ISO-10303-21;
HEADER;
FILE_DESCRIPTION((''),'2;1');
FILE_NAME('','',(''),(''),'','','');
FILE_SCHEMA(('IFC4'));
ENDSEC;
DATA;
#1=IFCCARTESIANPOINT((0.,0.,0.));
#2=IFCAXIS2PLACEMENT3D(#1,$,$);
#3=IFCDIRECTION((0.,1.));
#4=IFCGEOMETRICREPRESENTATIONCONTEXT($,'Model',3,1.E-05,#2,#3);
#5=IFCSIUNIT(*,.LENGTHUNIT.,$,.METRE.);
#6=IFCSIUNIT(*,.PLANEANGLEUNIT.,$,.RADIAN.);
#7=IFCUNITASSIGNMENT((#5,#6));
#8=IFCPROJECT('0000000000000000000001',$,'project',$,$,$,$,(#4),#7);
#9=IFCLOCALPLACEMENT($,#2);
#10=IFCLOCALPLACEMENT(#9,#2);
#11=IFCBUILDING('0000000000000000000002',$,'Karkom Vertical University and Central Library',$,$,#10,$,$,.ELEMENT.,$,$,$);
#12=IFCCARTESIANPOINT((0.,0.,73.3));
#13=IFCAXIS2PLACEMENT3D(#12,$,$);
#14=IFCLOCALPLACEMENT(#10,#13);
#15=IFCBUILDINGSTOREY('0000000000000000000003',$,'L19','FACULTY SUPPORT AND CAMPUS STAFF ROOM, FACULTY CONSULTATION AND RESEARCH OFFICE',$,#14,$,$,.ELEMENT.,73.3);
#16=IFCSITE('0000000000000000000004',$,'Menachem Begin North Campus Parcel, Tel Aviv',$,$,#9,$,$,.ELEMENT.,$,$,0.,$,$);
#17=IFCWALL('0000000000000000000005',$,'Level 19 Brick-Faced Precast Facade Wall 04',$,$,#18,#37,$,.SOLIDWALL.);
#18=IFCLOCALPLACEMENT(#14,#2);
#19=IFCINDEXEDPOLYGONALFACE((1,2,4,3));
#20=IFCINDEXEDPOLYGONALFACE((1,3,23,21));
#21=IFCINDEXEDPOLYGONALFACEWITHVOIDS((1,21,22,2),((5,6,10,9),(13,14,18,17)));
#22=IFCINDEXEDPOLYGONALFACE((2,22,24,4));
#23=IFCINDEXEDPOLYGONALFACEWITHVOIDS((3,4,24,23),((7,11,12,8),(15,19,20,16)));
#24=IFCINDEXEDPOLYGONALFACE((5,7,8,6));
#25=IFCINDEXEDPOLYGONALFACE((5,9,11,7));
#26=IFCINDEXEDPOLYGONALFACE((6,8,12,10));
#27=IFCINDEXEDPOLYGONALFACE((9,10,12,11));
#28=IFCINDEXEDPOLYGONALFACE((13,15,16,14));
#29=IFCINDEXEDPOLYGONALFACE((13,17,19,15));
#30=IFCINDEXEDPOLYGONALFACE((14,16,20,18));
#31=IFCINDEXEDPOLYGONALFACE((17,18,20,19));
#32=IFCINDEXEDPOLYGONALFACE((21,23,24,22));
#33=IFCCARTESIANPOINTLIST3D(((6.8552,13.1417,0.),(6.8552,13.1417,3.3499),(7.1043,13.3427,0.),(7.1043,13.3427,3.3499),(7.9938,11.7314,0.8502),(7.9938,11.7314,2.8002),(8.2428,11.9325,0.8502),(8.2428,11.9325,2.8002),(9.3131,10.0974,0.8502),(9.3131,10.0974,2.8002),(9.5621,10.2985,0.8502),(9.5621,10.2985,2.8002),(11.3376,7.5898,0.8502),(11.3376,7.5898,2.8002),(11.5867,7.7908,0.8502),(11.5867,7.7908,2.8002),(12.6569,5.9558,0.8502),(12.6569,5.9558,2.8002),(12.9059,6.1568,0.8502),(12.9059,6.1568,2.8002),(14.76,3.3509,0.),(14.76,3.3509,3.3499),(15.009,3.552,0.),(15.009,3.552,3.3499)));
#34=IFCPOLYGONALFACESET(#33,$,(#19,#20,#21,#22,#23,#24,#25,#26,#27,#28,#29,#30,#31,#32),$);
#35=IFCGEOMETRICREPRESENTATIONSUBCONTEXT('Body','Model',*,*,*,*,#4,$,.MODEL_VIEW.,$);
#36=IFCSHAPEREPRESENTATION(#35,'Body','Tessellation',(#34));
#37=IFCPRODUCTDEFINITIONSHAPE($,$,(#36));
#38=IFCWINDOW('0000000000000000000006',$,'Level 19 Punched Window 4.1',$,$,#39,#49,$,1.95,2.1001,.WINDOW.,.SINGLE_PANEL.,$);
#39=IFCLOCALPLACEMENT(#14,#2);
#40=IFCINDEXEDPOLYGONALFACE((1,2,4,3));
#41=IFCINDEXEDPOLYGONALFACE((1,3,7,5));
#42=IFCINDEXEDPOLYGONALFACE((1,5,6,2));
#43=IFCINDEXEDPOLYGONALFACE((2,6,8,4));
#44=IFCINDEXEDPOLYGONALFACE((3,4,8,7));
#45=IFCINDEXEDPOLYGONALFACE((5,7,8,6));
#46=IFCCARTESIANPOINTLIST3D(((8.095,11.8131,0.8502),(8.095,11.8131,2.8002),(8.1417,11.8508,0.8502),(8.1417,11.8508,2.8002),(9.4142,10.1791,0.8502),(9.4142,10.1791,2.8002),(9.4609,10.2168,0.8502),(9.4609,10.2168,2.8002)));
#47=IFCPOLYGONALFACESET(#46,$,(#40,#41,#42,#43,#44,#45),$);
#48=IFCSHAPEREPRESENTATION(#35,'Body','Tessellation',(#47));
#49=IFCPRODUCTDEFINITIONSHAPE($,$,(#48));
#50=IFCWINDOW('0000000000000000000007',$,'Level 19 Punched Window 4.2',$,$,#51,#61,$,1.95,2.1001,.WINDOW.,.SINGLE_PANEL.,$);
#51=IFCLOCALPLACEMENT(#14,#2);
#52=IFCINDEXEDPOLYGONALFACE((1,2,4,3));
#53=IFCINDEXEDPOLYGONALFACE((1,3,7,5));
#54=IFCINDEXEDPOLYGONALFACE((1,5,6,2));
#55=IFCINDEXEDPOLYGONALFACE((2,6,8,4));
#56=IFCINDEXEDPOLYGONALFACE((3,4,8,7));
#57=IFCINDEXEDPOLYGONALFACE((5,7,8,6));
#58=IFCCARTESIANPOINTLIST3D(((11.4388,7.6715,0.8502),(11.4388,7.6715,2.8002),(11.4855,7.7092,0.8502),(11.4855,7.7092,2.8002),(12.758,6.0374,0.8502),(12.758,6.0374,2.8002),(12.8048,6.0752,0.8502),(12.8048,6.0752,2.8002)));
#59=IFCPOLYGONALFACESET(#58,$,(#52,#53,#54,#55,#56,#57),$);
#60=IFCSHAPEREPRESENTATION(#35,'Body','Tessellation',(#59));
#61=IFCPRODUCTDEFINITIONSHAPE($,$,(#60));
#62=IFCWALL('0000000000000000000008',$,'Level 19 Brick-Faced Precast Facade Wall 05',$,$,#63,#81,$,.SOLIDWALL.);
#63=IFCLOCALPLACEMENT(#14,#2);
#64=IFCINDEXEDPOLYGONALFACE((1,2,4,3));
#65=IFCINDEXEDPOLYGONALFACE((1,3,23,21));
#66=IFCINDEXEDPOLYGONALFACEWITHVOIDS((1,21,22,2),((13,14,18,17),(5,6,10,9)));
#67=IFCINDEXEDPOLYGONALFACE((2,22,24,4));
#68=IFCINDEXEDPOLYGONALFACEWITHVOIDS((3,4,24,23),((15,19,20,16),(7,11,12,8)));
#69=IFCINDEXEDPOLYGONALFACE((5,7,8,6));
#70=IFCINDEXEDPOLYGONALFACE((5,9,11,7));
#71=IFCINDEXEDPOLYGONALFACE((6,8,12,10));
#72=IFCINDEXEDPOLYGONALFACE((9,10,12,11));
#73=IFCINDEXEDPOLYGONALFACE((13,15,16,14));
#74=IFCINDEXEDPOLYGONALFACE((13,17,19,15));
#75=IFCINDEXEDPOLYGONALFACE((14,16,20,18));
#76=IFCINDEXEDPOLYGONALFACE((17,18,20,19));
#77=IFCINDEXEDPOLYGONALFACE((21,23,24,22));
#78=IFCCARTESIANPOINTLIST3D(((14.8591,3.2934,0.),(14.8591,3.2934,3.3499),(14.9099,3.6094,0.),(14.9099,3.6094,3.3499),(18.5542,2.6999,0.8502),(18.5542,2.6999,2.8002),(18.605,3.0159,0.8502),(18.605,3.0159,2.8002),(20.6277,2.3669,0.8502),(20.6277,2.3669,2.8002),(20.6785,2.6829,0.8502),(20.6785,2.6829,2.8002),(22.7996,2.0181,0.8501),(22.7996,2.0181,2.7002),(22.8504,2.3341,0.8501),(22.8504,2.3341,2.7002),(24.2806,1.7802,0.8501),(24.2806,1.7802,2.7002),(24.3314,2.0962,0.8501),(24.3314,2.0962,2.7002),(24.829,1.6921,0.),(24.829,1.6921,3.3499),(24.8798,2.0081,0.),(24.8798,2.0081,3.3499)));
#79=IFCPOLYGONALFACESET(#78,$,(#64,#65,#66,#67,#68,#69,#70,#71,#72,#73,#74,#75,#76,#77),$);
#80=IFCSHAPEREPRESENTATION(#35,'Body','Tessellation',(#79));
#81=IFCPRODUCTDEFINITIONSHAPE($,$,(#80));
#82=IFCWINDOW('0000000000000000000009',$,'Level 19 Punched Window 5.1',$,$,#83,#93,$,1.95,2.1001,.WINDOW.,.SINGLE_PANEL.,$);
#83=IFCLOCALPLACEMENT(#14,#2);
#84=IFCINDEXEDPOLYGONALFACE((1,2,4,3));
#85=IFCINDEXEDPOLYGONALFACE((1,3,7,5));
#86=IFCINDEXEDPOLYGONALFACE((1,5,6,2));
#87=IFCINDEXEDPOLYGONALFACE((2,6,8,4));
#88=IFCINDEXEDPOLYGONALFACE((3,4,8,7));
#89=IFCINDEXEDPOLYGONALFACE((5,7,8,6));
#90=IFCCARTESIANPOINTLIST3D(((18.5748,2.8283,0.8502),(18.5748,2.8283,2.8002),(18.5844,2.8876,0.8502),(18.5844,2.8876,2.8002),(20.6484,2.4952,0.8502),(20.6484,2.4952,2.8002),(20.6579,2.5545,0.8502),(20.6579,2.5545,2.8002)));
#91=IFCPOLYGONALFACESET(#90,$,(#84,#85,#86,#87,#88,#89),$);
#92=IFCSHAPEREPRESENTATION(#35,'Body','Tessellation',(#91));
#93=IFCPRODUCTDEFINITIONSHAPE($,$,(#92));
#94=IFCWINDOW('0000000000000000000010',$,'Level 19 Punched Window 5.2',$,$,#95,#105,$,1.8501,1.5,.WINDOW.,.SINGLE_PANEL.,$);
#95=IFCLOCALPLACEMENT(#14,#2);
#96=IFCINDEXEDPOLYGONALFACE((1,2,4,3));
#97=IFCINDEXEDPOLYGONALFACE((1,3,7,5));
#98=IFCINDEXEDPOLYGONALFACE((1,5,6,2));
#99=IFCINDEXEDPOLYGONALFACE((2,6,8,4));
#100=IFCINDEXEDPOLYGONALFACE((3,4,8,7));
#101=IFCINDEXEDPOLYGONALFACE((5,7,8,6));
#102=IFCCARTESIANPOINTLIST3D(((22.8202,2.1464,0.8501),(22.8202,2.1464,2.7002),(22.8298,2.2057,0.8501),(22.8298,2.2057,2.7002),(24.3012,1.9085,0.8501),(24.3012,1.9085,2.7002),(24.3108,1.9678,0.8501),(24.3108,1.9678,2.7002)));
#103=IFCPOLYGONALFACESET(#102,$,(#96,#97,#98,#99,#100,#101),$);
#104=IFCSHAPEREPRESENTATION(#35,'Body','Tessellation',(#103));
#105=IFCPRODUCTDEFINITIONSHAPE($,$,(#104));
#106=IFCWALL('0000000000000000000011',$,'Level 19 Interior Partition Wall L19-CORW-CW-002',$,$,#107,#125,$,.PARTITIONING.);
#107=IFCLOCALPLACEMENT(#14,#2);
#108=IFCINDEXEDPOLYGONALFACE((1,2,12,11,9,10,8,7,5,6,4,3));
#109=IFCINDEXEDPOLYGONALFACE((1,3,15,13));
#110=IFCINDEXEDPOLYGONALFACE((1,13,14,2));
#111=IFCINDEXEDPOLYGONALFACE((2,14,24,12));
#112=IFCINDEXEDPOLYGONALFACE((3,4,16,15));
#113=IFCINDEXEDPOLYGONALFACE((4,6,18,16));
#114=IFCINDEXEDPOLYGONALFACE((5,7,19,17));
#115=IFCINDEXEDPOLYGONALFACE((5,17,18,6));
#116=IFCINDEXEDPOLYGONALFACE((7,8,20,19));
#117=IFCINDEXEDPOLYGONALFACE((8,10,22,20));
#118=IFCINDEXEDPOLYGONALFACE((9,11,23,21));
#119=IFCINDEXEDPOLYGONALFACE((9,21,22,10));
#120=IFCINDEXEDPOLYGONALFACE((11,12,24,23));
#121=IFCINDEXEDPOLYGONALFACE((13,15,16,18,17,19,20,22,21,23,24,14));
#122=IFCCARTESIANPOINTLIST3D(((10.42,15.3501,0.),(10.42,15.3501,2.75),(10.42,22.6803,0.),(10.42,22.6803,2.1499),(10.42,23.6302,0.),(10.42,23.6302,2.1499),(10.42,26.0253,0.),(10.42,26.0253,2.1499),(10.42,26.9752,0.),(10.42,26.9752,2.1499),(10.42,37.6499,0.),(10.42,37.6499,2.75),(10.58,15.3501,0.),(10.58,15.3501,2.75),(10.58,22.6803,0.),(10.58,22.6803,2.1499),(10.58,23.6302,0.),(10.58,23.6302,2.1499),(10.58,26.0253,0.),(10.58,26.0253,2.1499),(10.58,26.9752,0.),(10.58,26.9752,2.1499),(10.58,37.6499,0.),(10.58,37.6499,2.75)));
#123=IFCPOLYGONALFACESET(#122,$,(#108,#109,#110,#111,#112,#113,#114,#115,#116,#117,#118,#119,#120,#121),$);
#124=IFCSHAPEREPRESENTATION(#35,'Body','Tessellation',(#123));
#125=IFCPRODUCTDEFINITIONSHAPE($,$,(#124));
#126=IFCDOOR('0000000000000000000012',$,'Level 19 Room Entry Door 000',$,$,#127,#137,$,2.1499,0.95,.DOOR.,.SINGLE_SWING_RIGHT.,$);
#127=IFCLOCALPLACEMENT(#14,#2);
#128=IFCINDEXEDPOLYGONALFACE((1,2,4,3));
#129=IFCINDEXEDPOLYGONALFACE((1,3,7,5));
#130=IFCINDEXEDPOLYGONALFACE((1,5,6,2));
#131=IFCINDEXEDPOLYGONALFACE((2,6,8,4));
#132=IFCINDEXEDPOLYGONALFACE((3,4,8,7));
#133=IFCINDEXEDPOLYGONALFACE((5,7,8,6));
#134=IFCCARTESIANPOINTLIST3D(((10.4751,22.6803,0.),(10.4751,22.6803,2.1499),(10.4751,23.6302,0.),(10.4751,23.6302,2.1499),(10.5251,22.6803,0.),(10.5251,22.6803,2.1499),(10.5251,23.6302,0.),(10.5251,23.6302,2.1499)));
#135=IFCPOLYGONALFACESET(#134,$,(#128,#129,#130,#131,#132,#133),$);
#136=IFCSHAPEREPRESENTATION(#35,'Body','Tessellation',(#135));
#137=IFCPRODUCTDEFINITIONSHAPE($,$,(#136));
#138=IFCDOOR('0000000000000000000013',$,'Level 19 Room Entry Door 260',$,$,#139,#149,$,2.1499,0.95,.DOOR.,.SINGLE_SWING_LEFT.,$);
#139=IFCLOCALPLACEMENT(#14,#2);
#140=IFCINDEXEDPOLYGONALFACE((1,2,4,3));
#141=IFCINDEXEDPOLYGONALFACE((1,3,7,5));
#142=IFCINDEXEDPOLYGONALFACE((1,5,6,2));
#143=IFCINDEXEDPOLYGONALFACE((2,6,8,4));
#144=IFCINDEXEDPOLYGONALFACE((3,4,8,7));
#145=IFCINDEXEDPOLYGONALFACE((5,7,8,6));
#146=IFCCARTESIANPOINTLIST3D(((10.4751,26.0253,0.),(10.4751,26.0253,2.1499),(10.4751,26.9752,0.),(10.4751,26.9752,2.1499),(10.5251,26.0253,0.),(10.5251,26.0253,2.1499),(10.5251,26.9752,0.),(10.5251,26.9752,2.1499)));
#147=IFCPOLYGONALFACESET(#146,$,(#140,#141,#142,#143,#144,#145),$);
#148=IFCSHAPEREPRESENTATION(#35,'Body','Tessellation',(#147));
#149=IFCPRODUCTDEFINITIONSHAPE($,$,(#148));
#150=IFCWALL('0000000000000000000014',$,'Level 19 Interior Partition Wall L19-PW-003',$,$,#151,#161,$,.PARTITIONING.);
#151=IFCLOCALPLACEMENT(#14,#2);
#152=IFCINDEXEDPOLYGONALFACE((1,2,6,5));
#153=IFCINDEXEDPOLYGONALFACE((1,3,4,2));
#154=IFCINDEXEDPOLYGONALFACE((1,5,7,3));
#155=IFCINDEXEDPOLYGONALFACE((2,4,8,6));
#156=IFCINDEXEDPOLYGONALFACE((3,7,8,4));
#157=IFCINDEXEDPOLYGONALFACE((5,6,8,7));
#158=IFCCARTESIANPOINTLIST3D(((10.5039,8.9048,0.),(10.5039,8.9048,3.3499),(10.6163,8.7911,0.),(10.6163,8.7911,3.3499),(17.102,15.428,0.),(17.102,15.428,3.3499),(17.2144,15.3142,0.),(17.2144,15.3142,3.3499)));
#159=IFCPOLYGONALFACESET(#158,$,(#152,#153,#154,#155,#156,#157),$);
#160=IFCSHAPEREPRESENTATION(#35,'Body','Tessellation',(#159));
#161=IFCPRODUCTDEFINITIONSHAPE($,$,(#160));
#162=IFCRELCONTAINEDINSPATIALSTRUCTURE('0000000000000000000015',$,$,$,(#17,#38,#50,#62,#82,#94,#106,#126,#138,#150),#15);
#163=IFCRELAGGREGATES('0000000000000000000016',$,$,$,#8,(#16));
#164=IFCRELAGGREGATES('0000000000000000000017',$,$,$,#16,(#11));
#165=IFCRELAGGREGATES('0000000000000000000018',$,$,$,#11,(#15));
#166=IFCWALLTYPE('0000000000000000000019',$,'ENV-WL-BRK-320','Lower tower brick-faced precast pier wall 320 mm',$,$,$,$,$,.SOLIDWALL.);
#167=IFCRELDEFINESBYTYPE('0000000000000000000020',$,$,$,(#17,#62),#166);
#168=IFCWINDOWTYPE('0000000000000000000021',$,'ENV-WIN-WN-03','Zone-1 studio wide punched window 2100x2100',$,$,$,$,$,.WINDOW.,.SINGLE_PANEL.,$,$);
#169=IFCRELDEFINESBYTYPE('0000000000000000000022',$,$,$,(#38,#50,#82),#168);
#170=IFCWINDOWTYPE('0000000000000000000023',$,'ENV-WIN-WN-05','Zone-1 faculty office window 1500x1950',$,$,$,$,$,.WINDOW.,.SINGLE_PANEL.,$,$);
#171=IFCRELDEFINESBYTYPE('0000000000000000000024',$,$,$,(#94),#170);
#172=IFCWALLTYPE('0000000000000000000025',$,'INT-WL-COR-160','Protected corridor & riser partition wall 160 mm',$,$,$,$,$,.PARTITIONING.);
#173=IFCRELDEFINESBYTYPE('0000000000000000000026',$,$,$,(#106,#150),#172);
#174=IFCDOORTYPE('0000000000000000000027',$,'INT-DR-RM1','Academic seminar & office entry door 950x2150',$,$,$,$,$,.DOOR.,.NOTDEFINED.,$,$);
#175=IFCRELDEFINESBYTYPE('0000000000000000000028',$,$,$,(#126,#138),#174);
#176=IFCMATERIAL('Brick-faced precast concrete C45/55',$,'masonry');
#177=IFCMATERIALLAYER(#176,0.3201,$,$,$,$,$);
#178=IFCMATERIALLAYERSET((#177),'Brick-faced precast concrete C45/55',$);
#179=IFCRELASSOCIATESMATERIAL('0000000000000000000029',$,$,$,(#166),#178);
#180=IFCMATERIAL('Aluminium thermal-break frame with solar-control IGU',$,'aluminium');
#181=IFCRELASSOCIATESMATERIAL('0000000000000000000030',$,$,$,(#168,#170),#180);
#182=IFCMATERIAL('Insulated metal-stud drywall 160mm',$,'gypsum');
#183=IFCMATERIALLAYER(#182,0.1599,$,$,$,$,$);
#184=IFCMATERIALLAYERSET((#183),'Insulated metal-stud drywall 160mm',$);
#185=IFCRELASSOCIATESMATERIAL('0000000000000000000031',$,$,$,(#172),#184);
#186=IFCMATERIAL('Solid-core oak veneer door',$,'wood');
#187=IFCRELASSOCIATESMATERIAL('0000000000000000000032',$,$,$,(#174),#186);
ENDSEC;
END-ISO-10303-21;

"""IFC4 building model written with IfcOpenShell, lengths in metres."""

from ifc_helpers import new_model, si_unit, direction, frame, frame_2d, origin, origin_with_axes, place, context, subcontext, project, spatial, rectangle, extrude, source, transform, mapped, material, layer, layer_set, type_object, element, fill, save


model = new_model("IFC4")

# Units and contexts
model_context = context("Model", 3, precision=1e-05, world=origin(), true_north=direction((0.0, 1.0)))
body_context = subcontext(model_context, "Body", "Model", "MODEL_VIEW")
ifc_project = project(units=[si_unit("LENGTHUNIT", "METRE"), si_unit("PLANEANGLEUNIT", "RADIAN")], contexts=[model_context])

# Site, building, storey
site_placement = place(None, origin())
site = spatial("IfcSite", under=ifc_project, at=site_placement, Name="Menachem Begin North Campus Parcel, Tel Aviv", CompositionType="ELEMENT", RefElevation=0.0)
building_placement = place(site_placement, origin())
building = spatial("IfcBuilding", under=site, at=building_placement, Name="Karkom Vertical University and Central Library", CompositionType="ELEMENT")
storey_placement = place(building_placement, frame((0.0, 0.0, 73.3)))
storey = spatial("IfcBuildingStorey", under=building, at=storey_placement, Name="L19", Description="FACULTY SUPPORT AND CAMPUS STAFF ROOM, FACULTY CONSULTATION AND RESEARCH OFFICE", CompositionType="ELEMENT", Elevation=73.3)

# Walls, openings, windows
ifc_material_1 = material(Name="Brick-faced precast concrete C45/55", Category="masonry")
ifc_layer_1 = layer(ifc_material_1, 0.3201)
ifc_layer_set_1 = layer_set([ifc_layer_1], Name="Brick-faced precast concrete C45/55")
wall_type_1 = type_object("IfcWallType", Name="ENV-WL-BRK-320", Description="Lower tower brick-faced precast pier wall 320 mm", PredefinedType="SOLIDWALL", material=ifc_layer_set_1)
wall_1_placement = place(storey_placement, frame((6.9797, 13.2422, 0.0), z_axis=(0.0, 0.0, 1.0), x_axis=(0.628186, -0.778063, 0.0)))
wall_1 = element("IfcWall", 1, at=wall_1_placement, inside=storey, type_object=wall_type_1, Name="Level 19 Brick-Faced Precast Facade Wall 04", PredefinedType="SOLIDWALL", context=body_context, shape_type="SweptSolid", body=[
    extrude(rectangle(XDim=12.5835, YDim=0.3201, at=frame_2d((6.2917, 0.0))), origin(), (0.0, 0.0, 1.0), 3.3499),
])
opening_1_placement = place(wall_1_placement, frame((1.8125, 0.0, 0.8501)))
opening_1 = element("IfcOpeningElement", 2, at=opening_1_placement, cuts=wall_1, PredefinedType="OPENING", context=body_context, shape_type="SweptSolid", body=[
    extrude(rectangle(XDim=2.1001, YDim=1.95, at=frame_2d((1.05, 0.9751))), frame((0.0, 0.1699, 0.0), z_axis=(0.0, -1.0, 0.0), x_axis=(1.0, 0.0, 0.0)), (0.0, 0.0, 1.0), 0.3401),
])
opening_2_placement = place(wall_1_placement, frame((7.1355, 0.0, 0.8501)))
opening_2 = element("IfcOpeningElement", 3, at=opening_2_placement, cuts=wall_1, PredefinedType="OPENING", context=body_context, shape_type="SweptSolid", body=[
    extrude(rectangle(XDim=2.1001, YDim=1.95, at=frame_2d((1.05, 0.9751))), frame((0.0, 0.1699, 0.0), z_axis=(0.0, -1.0, 0.0), x_axis=(1.0, 0.0, 0.0)), (0.0, 0.0, 1.0), 0.3401),
])
ifc_material_2 = material(Name="Aluminium thermal-break frame with solar-control IGU", Category="aluminium")
window_type_1 = type_object("IfcWindowType", Name="ENV-WIN-WN-03", Description="Zone-1 studio wide punched window 2100x2100", PartitioningType="SINGLE_PANEL", PredefinedType="WINDOW", material=ifc_material_2)
shared_shape_1 = source(origin_with_axes(), body_context, "Body", "SweptSolid", [
    extrude(rectangle(XDim=2.1001, YDim=1.95, at=frame_2d((1.05, 0.9751))), frame((0.0, 0.03, 0.0), z_axis=(0.0, -1.0, 0.0), x_axis=(1.0, 0.0, 0.0)), (0.0, 0.0, 1.0), 0.0601),
])
window_1_placement = place(opening_1_placement, origin())
window_1 = element("IfcWindow", 4, at=window_1_placement, inside=storey, type_object=window_type_1, Name="Level 19 Punched Window 4.1", OverallHeight=1.95, OverallWidth=2.1001, PartitioningType="SINGLE_PANEL", PredefinedType="WINDOW", context=body_context, shape_type="MappedRepresentation", body=[
    mapped(shared_shape_1, transform((0.0, 0.0, 0.0), scale=1.0)),
])
fill(opening_1, window_1)
window_2_placement = place(opening_2_placement, origin())
window_2 = element("IfcWindow", 5, at=window_2_placement, inside=storey, type_object=window_type_1, Name="Level 19 Punched Window 4.2", OverallHeight=1.95, OverallWidth=2.1001, PartitioningType="SINGLE_PANEL", PredefinedType="WINDOW", context=body_context, shape_type="MappedRepresentation", body=[
    mapped(shared_shape_1, transform((0.0, 0.0, 0.0), scale=1.0)),
])
fill(opening_2, window_2)
wall_2_placement = place(storey_placement, frame((14.8845, 3.4514, 0.0), z_axis=(0.0, 0.0, 1.0), x_axis=(0.987346, -0.158582, 0.0)))
wall_2 = element("IfcWall", 6, at=wall_2_placement, inside=storey, type_object=wall_type_1, Name="Level 19 Brick-Faced Precast Facade Wall 05", PredefinedType="SOLIDWALL", context=body_context, shape_type="SweptSolid", body=[
    extrude(rectangle(XDim=10.0977, YDim=0.3201, at=frame_2d((5.0488, 0.0))), origin(), (0.0, 0.0, 1.0), 3.3499),
])
opening_3_placement = place(wall_2_placement, frame((3.7424, 0.0, 0.8501)))
opening_3 = element("IfcOpeningElement", 7, at=opening_3_placement, cuts=wall_2, PredefinedType="OPENING", context=body_context, shape_type="SweptSolid", body=[
    extrude(rectangle(XDim=2.1001, YDim=1.95, at=frame_2d((1.05, 0.9751))), frame((0.0, 0.1699, 0.0), z_axis=(0.0, -1.0, 0.0), x_axis=(1.0, 0.0, 0.0)), (0.0, 0.0, 1.0), 0.3401),
])
opening_4_placement = place(wall_2_placement, frame((8.0422, 0.0, 0.8501)))
opening_4 = element("IfcOpeningElement", 8, at=opening_4_placement, cuts=wall_2, PredefinedType="OPENING", context=body_context, shape_type="SweptSolid", body=[
    extrude(rectangle(XDim=1.5, YDim=1.8501, at=frame_2d((0.75, 0.925))), frame((0.0, 0.1699, 0.0), z_axis=(0.0, -1.0, 0.0), x_axis=(1.0, 0.0, 0.0)), (0.0, 0.0, 1.0), 0.3401),
])
window_3_placement = place(opening_3_placement, origin())
window_3 = element("IfcWindow", 9, at=window_3_placement, inside=storey, type_object=window_type_1, Name="Level 19 Punched Window 5.1", OverallHeight=1.95, OverallWidth=2.1001, PartitioningType="SINGLE_PANEL", PredefinedType="WINDOW", context=body_context, shape_type="MappedRepresentation", body=[
    mapped(shared_shape_1, transform((0.0, 0.0, 0.0), scale=1.0)),
])
fill(opening_3, window_3)
window_type_2 = type_object("IfcWindowType", Name="ENV-WIN-WN-05", Description="Zone-1 faculty office window 1500x1950", PartitioningType="SINGLE_PANEL", PredefinedType="WINDOW", material=ifc_material_2)
shared_shape_2 = source(origin_with_axes(), body_context, "Body", "SweptSolid", [
    extrude(rectangle(XDim=1.5, YDim=1.8501, at=frame_2d((0.75, 0.925))), frame((0.0, 0.03, 0.0), z_axis=(0.0, -1.0, 0.0), x_axis=(1.0, 0.0, 0.0)), (0.0, 0.0, 1.0), 0.0601),
])
window_4_placement = place(opening_4_placement, origin())
window_4 = element("IfcWindow", 10, at=window_4_placement, inside=storey, type_object=window_type_2, Name="Level 19 Punched Window 5.2", OverallHeight=1.8501, OverallWidth=1.5, PartitioningType="SINGLE_PANEL", PredefinedType="WINDOW", context=body_context, shape_type="MappedRepresentation", body=[
    mapped(shared_shape_2, transform((0.0, 0.0, 0.0), scale=1.0)),
])
fill(opening_4, window_4)

# Wall, openings, doors
ifc_material_3 = material(Name="Insulated metal-stud drywall 160mm", Category="gypsum")
ifc_layer_2 = layer(ifc_material_3, 0.1599)
ifc_layer_set_2 = layer_set([ifc_layer_2], Name="Insulated metal-stud drywall 160mm")
wall_type_2 = type_object("IfcWallType", Name="INT-WL-COR-160", Description="Protected corridor & riser partition wall 160 mm", PredefinedType="PARTITIONING", material=ifc_layer_set_2)
wall_3_placement = place(storey_placement, frame((10.5, 15.3501, 0.0), z_axis=(0.0, 0.0, 1.0), x_axis=(0.0, 1.0, 0.0)))
wall_3 = element("IfcWall", 11, at=wall_3_placement, inside=storey, type_object=wall_type_2, Name="Level 19 Interior Partition Wall L19-CORW-CW-002", PredefinedType="PARTITIONING", context=body_context, shape_type="SweptSolid", body=[
    extrude(rectangle(XDim=22.2998, YDim=0.1599, at=frame_2d((11.1499, 0.0))), origin(), (0.0, 0.0, 1.0), 2.75),
])
opening_5_placement = place(wall_3_placement, frame((7.3301, 0.0, 0.0)))
opening_5 = element("IfcOpeningElement", 12, at=opening_5_placement, cuts=wall_3, PredefinedType="OPENING", context=body_context, shape_type="SweptSolid", body=[
    extrude(rectangle(XDim=0.95, YDim=2.1499, at=frame_2d((0.4751, 1.075))), frame((0.0, 0.0898, 0.0), z_axis=(0.0, -1.0, 0.0), x_axis=(1.0, 0.0, 0.0)), (0.0, 0.0, 1.0), 0.1799),
])
opening_6_placement = place(wall_3_placement, frame((10.675, 0.0, 0.0)))
opening_6 = element("IfcOpeningElement", 13, at=opening_6_placement, cuts=wall_3, PredefinedType="OPENING", context=body_context, shape_type="SweptSolid", body=[
    extrude(rectangle(XDim=0.95, YDim=2.1499, at=frame_2d((0.4751, 1.075))), frame((0.0, 0.0898, 0.0), z_axis=(0.0, -1.0, 0.0), x_axis=(1.0, 0.0, 0.0)), (0.0, 0.0, 1.0), 0.1799),
])
ifc_material_4 = material(Name="Solid-core oak veneer door", Category="wood")
door_type_1 = type_object("IfcDoorType", Name="INT-DR-RM1", Description="Academic seminar & office entry door 950x2150", OperationType="NOTDEFINED", PredefinedType="DOOR", material=ifc_material_4)
shared_shape_3 = source(origin_with_axes(), body_context, "Body", "SweptSolid", [
    extrude(rectangle(XDim=0.95, YDim=2.1499, at=frame_2d((0.4751, 1.075))), frame((0.0, 0.0249, 0.0), z_axis=(0.0, -1.0, 0.0), x_axis=(1.0, 0.0, 0.0)), (0.0, 0.0, 1.0), 0.05),
])
door_1_placement = place(opening_5_placement, origin())
door_1 = element("IfcDoor", 14, at=door_1_placement, inside=storey, type_object=door_type_1, Name="Level 19 Room Entry Door 000", OperationType="SINGLE_SWING_RIGHT", OverallHeight=2.1499, OverallWidth=0.95, PredefinedType="DOOR", context=body_context, shape_type="MappedRepresentation", body=[
    mapped(shared_shape_3, transform((0.0, 0.0, 0.0), scale=1.0)),
])
fill(opening_5, door_1)
door_2_placement = place(opening_6_placement, origin())
door_2 = element("IfcDoor", 15, at=door_2_placement, inside=storey, type_object=door_type_1, Name="Level 19 Room Entry Door 260", OperationType="SINGLE_SWING_LEFT", OverallHeight=2.1499, OverallWidth=0.95, PredefinedType="DOOR", context=body_context, shape_type="MappedRepresentation", body=[
    mapped(shared_shape_3, transform((0.0, 0.0, 0.0), scale=1.0)),
])
fill(opening_6, door_2)

# Wall
wall_4_placement = place(storey_placement, frame((17.1582, 15.3711, 0.0), z_axis=(0.0, 0.0, 1.0), x_axis=(-0.711134, -0.703056, 0.0)))
element("IfcWall", 16, at=wall_4_placement, inside=storey, type_object=wall_type_2, Name="Level 19 Interior Partition Wall L19-PW-003", PredefinedType="PARTITIONING", context=body_context, shape_type="SweptSolid", body=[
    extrude(rectangle(XDim=9.2783, YDim=0.1599, at=frame_2d((4.6392, 0.0))), origin(), (0.0, 0.0, 1.0), 3.3499),
])

save(model, "model.ifc")
